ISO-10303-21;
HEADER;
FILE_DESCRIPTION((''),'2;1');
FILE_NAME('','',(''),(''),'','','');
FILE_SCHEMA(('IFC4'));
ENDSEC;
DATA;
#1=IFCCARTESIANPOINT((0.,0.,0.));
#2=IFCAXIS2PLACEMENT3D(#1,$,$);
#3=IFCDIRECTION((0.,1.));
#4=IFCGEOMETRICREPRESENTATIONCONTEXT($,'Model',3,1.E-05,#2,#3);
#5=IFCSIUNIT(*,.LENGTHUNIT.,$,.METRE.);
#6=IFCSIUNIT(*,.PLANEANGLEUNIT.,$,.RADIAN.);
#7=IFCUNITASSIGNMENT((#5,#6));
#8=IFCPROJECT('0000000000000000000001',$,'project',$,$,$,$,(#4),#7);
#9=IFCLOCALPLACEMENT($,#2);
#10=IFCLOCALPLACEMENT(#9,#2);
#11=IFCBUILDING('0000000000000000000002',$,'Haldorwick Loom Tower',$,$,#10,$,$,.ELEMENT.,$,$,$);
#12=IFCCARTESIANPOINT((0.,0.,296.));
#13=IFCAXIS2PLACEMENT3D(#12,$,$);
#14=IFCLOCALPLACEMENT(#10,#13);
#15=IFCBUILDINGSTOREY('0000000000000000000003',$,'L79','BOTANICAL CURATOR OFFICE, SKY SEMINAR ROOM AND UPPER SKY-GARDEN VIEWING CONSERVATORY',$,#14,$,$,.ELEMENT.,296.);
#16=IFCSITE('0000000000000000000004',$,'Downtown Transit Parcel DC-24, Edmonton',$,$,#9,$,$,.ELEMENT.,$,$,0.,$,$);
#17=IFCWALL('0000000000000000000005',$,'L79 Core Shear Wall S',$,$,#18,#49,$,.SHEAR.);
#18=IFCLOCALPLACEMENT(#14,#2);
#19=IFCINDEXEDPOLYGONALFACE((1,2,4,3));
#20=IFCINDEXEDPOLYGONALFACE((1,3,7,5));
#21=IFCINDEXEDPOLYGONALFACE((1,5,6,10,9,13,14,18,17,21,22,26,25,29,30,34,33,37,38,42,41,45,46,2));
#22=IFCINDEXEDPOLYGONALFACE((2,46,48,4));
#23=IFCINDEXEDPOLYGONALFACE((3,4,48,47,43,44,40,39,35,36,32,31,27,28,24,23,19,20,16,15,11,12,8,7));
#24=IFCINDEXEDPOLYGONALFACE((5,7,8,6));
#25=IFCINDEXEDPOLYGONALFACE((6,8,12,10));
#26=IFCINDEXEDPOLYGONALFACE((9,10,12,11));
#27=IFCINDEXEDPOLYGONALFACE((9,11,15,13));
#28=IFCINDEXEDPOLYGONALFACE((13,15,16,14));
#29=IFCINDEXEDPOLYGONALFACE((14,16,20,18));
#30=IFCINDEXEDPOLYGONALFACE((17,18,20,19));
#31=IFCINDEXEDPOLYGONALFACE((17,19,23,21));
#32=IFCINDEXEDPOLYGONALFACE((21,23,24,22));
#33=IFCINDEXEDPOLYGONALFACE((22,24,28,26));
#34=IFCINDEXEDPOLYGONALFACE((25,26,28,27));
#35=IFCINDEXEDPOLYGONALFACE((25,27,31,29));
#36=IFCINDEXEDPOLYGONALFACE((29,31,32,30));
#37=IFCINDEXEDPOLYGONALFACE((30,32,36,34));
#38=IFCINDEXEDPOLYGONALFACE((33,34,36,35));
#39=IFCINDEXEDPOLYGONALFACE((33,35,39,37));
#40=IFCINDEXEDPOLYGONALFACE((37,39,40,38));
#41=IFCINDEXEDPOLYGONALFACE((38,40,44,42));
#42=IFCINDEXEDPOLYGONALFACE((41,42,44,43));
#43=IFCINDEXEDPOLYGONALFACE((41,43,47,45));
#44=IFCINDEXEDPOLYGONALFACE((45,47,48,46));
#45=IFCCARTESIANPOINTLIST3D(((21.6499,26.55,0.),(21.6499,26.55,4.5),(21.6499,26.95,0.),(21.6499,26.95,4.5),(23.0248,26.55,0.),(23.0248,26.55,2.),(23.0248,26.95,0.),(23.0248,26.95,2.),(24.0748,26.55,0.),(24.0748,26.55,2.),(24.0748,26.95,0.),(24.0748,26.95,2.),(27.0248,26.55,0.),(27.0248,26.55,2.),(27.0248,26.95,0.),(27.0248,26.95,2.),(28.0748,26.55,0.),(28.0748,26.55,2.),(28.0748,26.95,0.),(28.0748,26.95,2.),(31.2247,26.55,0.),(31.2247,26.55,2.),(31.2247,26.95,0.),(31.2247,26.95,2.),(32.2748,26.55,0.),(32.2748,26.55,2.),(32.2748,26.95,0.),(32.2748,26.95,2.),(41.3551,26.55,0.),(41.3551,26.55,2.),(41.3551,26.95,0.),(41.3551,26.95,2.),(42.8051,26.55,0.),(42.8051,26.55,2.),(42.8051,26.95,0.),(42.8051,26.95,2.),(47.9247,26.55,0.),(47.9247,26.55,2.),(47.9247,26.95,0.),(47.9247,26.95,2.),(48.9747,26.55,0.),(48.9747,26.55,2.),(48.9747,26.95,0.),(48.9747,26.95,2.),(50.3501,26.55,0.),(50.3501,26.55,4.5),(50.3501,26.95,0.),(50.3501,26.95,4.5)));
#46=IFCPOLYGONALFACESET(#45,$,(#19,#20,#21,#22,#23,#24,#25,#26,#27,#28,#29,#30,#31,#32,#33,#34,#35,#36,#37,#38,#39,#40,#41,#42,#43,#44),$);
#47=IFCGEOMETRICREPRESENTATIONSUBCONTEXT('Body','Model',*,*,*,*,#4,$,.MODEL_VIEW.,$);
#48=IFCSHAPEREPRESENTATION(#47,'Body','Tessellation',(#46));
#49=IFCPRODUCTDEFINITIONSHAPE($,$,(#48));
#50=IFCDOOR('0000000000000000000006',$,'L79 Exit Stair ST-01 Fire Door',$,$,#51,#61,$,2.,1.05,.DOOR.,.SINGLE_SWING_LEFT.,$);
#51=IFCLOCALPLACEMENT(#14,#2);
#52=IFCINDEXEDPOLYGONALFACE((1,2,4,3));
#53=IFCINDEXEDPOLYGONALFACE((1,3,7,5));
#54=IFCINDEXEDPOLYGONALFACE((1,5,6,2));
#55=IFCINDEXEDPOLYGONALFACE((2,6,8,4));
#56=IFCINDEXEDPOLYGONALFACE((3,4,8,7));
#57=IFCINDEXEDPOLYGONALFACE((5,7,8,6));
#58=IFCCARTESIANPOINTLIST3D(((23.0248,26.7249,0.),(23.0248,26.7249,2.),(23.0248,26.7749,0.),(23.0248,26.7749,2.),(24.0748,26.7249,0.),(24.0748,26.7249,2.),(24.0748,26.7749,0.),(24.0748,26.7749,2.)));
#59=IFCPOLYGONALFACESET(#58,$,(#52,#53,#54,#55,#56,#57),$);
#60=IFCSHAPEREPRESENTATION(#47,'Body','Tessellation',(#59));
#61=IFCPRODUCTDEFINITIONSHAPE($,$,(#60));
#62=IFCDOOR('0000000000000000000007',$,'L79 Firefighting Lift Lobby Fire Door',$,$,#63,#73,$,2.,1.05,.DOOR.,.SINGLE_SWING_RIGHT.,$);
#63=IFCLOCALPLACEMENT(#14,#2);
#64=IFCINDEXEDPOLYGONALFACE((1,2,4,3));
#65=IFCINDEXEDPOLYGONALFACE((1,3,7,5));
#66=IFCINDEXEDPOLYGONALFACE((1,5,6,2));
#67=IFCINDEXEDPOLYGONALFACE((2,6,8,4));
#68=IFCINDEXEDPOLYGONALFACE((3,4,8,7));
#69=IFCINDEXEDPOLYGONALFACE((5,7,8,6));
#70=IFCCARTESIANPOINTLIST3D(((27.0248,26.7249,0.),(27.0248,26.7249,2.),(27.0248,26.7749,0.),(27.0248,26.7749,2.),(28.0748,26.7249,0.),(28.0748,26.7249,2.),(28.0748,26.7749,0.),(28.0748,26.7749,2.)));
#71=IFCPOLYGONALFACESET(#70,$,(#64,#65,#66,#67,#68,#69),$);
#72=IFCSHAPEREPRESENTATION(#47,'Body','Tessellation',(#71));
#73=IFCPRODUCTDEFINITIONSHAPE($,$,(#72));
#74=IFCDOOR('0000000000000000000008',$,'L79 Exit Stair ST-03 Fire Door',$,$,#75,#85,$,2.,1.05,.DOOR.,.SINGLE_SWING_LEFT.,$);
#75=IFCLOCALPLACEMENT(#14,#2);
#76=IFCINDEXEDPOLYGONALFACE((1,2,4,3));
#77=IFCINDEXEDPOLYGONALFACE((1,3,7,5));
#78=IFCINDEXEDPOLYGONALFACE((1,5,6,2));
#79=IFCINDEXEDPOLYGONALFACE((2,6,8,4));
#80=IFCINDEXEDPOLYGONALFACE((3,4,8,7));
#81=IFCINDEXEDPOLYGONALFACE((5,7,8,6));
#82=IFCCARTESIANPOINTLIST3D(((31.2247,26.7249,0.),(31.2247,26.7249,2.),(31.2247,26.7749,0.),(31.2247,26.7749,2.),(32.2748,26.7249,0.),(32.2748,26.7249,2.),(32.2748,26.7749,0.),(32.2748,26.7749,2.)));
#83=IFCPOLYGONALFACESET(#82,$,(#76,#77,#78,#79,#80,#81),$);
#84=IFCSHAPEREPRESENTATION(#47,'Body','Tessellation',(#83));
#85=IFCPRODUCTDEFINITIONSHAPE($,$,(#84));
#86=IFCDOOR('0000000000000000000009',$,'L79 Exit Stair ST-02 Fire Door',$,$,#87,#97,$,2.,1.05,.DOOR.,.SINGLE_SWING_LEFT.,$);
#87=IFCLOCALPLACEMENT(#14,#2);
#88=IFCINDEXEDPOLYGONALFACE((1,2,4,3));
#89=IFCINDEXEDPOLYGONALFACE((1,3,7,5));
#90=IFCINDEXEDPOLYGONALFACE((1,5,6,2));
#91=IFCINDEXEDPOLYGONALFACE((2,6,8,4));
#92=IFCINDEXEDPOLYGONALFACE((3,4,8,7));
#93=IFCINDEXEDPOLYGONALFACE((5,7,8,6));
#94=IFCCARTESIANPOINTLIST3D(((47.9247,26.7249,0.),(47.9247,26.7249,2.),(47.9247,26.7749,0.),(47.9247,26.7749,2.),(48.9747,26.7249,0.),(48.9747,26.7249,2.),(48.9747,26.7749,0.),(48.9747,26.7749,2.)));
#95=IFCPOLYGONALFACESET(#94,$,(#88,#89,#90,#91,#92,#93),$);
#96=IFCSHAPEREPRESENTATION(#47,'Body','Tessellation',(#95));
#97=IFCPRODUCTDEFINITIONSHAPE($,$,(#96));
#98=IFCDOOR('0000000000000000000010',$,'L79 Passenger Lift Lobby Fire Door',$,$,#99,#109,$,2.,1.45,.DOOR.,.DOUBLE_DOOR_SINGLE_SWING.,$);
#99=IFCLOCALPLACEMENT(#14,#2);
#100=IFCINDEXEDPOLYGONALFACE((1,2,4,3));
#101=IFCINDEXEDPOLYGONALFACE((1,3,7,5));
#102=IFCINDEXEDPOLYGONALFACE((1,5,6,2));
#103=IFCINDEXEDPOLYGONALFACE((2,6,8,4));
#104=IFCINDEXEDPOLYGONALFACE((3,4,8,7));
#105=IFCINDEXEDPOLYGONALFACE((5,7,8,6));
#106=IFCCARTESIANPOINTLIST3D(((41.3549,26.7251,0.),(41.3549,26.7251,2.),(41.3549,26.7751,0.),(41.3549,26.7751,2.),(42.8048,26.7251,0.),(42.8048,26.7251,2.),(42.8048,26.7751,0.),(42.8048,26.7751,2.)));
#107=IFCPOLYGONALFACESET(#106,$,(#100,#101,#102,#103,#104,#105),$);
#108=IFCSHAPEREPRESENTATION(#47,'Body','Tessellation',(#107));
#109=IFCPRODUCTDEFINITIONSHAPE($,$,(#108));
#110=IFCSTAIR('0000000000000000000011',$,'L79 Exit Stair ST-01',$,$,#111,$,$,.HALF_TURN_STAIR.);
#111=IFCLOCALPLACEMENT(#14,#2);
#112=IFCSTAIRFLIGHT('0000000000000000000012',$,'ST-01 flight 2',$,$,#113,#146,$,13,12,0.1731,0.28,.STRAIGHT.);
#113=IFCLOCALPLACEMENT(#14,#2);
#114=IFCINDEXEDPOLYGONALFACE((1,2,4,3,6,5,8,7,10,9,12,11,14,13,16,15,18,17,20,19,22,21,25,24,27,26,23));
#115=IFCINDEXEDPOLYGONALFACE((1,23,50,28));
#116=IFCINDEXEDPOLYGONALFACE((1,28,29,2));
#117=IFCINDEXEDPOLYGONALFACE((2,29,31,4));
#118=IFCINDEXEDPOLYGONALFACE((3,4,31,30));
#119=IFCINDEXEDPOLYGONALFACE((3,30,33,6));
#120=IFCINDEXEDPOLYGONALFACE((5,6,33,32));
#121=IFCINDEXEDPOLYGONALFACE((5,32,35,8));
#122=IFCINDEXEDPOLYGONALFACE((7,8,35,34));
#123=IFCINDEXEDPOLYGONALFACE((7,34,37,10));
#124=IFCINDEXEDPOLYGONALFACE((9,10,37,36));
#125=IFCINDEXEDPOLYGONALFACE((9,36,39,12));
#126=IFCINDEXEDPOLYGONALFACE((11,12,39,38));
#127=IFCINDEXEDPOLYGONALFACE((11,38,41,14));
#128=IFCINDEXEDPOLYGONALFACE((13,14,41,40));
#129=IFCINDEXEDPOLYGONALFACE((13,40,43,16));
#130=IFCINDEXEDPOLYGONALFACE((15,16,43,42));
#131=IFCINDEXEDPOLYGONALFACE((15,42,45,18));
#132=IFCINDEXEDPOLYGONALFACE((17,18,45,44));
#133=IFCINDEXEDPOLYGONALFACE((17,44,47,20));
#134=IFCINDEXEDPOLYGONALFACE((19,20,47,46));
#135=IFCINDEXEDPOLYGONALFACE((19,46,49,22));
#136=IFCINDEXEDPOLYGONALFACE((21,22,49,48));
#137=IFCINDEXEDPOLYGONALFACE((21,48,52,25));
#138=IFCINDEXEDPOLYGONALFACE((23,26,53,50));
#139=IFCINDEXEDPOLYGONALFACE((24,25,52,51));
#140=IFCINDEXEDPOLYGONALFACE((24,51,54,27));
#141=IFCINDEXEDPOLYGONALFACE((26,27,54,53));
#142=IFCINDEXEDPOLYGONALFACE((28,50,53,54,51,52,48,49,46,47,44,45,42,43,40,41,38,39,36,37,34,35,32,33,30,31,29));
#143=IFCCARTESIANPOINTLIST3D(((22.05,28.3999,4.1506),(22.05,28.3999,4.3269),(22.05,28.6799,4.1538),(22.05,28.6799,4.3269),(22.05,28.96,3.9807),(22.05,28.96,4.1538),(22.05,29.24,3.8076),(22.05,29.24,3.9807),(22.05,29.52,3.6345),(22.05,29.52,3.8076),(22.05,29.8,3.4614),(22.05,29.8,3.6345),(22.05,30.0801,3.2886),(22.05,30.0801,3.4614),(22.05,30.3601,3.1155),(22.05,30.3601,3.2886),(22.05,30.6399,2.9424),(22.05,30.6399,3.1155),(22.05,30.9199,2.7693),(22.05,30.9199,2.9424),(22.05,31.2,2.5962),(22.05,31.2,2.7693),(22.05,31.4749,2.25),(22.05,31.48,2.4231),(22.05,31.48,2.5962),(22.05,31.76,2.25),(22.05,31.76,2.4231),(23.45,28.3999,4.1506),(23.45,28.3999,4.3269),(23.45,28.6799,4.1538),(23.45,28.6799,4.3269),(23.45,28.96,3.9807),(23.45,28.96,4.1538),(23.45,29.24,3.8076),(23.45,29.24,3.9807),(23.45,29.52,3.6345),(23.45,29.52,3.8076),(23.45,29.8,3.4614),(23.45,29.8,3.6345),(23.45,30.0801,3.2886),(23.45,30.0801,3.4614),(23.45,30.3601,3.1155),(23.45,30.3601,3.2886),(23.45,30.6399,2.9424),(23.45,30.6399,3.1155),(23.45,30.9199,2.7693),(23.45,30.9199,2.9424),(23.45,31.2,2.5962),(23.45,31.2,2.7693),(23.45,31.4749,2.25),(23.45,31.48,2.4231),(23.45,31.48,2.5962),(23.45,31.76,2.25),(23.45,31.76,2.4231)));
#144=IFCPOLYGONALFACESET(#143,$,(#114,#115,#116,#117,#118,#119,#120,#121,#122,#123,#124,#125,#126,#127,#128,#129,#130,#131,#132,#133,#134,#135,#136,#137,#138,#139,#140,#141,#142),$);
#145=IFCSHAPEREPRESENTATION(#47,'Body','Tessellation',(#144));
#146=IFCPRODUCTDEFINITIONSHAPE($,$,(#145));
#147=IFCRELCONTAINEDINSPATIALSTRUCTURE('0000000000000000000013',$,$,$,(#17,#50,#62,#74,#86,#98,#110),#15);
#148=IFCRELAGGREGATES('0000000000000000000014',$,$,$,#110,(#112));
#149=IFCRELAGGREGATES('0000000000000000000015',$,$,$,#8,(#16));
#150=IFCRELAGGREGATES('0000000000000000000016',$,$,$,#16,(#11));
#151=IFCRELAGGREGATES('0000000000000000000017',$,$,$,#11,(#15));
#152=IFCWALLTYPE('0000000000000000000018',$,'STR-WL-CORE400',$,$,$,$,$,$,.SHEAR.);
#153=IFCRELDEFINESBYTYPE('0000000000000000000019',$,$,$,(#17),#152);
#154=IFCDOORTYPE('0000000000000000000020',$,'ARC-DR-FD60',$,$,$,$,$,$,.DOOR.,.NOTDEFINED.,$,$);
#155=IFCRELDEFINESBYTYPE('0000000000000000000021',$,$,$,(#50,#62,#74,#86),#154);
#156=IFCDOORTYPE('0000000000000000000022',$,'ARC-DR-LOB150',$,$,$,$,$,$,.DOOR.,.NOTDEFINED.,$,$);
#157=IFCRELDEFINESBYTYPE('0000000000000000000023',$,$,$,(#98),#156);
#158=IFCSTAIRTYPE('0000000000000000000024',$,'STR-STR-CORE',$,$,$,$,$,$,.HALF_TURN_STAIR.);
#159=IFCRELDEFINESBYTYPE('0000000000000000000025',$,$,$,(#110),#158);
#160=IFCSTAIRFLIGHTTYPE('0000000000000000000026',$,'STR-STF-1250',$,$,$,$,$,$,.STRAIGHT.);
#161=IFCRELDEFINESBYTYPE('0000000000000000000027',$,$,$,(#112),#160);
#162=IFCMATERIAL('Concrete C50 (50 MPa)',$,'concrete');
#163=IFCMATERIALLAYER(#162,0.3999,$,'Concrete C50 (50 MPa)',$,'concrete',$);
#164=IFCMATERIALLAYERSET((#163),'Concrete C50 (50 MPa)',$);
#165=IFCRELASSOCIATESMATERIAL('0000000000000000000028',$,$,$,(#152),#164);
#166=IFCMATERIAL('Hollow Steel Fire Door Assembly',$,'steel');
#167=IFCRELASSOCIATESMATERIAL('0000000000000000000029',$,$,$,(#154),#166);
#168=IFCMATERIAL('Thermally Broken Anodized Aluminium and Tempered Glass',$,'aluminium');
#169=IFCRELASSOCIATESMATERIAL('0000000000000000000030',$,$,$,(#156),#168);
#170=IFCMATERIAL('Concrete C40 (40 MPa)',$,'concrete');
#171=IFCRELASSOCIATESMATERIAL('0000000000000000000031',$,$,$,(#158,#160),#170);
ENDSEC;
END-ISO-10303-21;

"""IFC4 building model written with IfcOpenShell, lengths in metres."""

from ifc_helpers import new_model, si_unit, direction, frame, frame_2d, origin, place, context, subcontext, project, spatial, polyline, rectangle, outline, extrude, material, layer, layer_set, type_object, element, fill, aggregate, save


model = new_model("IFC4")

# Units and contexts
model_context = context("Model", 3, precision=1e-05, world=origin(), true_north=direction((0.0, 1.0)))
body_context = subcontext(model_context, "Body", "Model", "MODEL_VIEW")
ifc_project = project(units=[si_unit("LENGTHUNIT", "METRE"), si_unit("PLANEANGLEUNIT", "RADIAN")], contexts=[model_context])

# Site, building, storey
site_placement = place(None, origin())
site = spatial("IfcSite", under=ifc_project, at=site_placement, Name="Downtown Transit Parcel DC-24, Edmonton", CompositionType="ELEMENT", RefElevation=0.0)
building_placement = place(site_placement, origin())
building = spatial("IfcBuilding", under=site, at=building_placement, Name="Haldorwick Loom Tower", CompositionType="ELEMENT")
storey_placement = place(building_placement, frame((0.0, 0.0, 296.0)))
storey = spatial("IfcBuildingStorey", under=building, at=storey_placement, Name="L79", Description="BOTANICAL CURATOR OFFICE, SKY SEMINAR ROOM AND UPPER SKY-GARDEN VIEWING CONSERVATORY", CompositionType="ELEMENT", Elevation=296.0)

# Shared definitions
ifc_material_1 = material(Name="Concrete C50 (50 MPa)", Category="concrete")

# Wall, openings, doors
ifc_layer_1 = layer(ifc_material_1, 0.3999, Name="Concrete C50 (50 MPa)", Category="concrete")
ifc_layer_set_1 = layer_set([ifc_layer_1], Name="Concrete C50 (50 MPa)")
wall_type_1 = type_object("IfcWallType", Name="STR-WL-CORE400", PredefinedType="SHEAR", material=ifc_layer_set_1)
wall_1_placement = place(storey_placement, frame((21.6499, 26.75, 0.0), z_axis=(0.0, 0.0, 1.0), x_axis=(1.0, 0.0, 0.0)))
wall_1 = element("IfcWall", 1, at=wall_1_placement, inside=storey, type_object=wall_type_1, Name="L79 Core Shear Wall S", PredefinedType="SHEAR", context=body_context, shape_type="SweptSolid", body=[
    extrude(rectangle(XDim=28.7002, YDim=0.3999, at=frame_2d((14.3501, 0.0))), origin(), (0.0, 0.0, 1.0), 4.5),
])
opening_1_placement = place(wall_1_placement, frame((1.375, 0.0, 0.0)))
opening_1 = element("IfcOpeningElement", 2, at=opening_1_placement, cuts=wall_1, PredefinedType="OPENING", context=body_context, shape_type="SweptSolid", body=[
    extrude(rectangle(XDim=1.05, YDim=2.0, at=frame_2d((0.5249, 1.0))), frame((0.0, 0.21, 0.0), z_axis=(0.0, -1.0, 0.0), x_axis=(1.0, 0.0, 0.0)), (0.0, 0.0, 1.0), 0.4199),
])
opening_2_placement = place(wall_1_placement, frame((5.375, 0.0, 0.0)))
opening_2 = element("IfcOpeningElement", 3, at=opening_2_placement, cuts=wall_1, PredefinedType="OPENING", context=body_context, shape_type="SweptSolid", body=[
    extrude(rectangle(XDim=1.05, YDim=2.0, at=frame_2d((0.5249, 1.0))), frame((0.0, 0.21, 0.0), z_axis=(0.0, -1.0, 0.0), x_axis=(1.0, 0.0, 0.0)), (0.0, 0.0, 1.0), 0.4199),
])
opening_3_placement = place(wall_1_placement, frame((9.575, 0.0, 0.0)))
opening_3 = element("IfcOpeningElement", 4, at=opening_3_placement, cuts=wall_1, PredefinedType="OPENING", context=body_context, shape_type="SweptSolid", body=[
    extrude(rectangle(XDim=1.05, YDim=2.0, at=frame_2d((0.5249, 1.0))), frame((0.0, 0.21, 0.0), z_axis=(0.0, -1.0, 0.0), x_axis=(1.0, 0.0, 0.0)), (0.0, 0.0, 1.0), 0.4199),
])
opening_4_placement = place(wall_1_placement, frame((19.7051, 0.0, 0.0)))
opening_4 = element("IfcOpeningElement", 5, at=opening_4_placement, cuts=wall_1, PredefinedType="OPENING", context=body_context, shape_type="SweptSolid", body=[
    extrude(rectangle(XDim=1.45, YDim=2.0, at=frame_2d((0.7251, 1.0))), frame((0.0, 0.21, 0.0), z_axis=(0.0, -1.0, 0.0), x_axis=(1.0, 0.0, 0.0)), (0.0, 0.0, 1.0), 0.4199),
])
opening_5_placement = place(wall_1_placement, frame((26.2749, 0.0, 0.0)))
opening_5 = element("IfcOpeningElement", 6, at=opening_5_placement, cuts=wall_1, PredefinedType="OPENING", context=body_context, shape_type="SweptSolid", body=[
    extrude(rectangle(XDim=1.05, YDim=2.0, at=frame_2d((0.5249, 1.0))), frame((0.0, 0.21, 0.0), z_axis=(0.0, -1.0, 0.0), x_axis=(1.0, 0.0, 0.0)), (0.0, 0.0, 1.0), 0.4199),
])
ifc_material_2 = material(Name="Hollow Steel Fire Door Assembly", Category="steel")
door_type_1 = type_object("IfcDoorType", Name="ARC-DR-FD60", OperationType="NOTDEFINED", PredefinedType="DOOR", material=ifc_material_2)
door_1_placement = place(opening_1_placement, origin())
door_1 = element("IfcDoor", 7, at=door_1_placement, inside=storey, type_object=door_type_1, Name="L79 Exit Stair ST-01 Fire Door", OperationType="SINGLE_SWING_LEFT", OverallHeight=2.0, OverallWidth=1.05, PredefinedType="DOOR", context=body_context, shape_type="SweptSolid", body=[
    extrude(rectangle(XDim=1.05, YDim=2.0, at=frame_2d((0.5249, 1.0))), frame((0.0, 0.0249, 0.0), z_axis=(0.0, -1.0, 0.0), x_axis=(1.0, 0.0, 0.0)), (0.0, 0.0, 1.0), 0.05),
])
fill(opening_1, door_1)
door_2_placement = place(opening_2_placement, origin())
door_2 = element("IfcDoor", 8, at=door_2_placement, inside=storey, type_object=door_type_1, Name="L79 Firefighting Lift Lobby Fire Door", OperationType="SINGLE_SWING_RIGHT", OverallHeight=2.0, OverallWidth=1.05, PredefinedType="DOOR", context=body_context, shape_type="SweptSolid", body=[
    extrude(rectangle(XDim=1.05, YDim=2.0, at=frame_2d((0.5249, 1.0))), frame((0.0, 0.0249, 0.0), z_axis=(0.0, -1.0, 0.0), x_axis=(1.0, 0.0, 0.0)), (0.0, 0.0, 1.0), 0.05),
])
fill(opening_2, door_2)
door_3_placement = place(opening_3_placement, origin())
door_3 = element("IfcDoor", 9, at=door_3_placement, inside=storey, type_object=door_type_1, Name="L79 Exit Stair ST-03 Fire Door", OperationType="SINGLE_SWING_LEFT", OverallHeight=2.0, OverallWidth=1.05, PredefinedType="DOOR", context=body_context, shape_type="SweptSolid", body=[
    extrude(rectangle(XDim=1.05, YDim=2.0, at=frame_2d((0.5249, 1.0))), frame((0.0, 0.0249, 0.0), z_axis=(0.0, -1.0, 0.0), x_axis=(1.0, 0.0, 0.0)), (0.0, 0.0, 1.0), 0.05),
])
fill(opening_3, door_3)
door_4_placement = place(opening_5_placement, origin())
door_4 = element("IfcDoor", 10, at=door_4_placement, inside=storey, type_object=door_type_1, Name="L79 Exit Stair ST-02 Fire Door", OperationType="SINGLE_SWING_LEFT", OverallHeight=2.0, OverallWidth=1.05, PredefinedType="DOOR", context=body_context, shape_type="SweptSolid", body=[
    extrude(rectangle(XDim=1.05, YDim=2.0, at=frame_2d((0.5249, 1.0))), frame((0.0, 0.0249, 0.0), z_axis=(0.0, -1.0, 0.0), x_axis=(1.0, 0.0, 0.0)), (0.0, 0.0, 1.0), 0.05),
])
fill(opening_5, door_4)
ifc_material_3 = material(Name="Thermally Broken Anodized Aluminium and Tempered Glass", Category="aluminium")
door_type_2 = type_object("IfcDoorType", Name="ARC-DR-LOB150", OperationType="NOTDEFINED", PredefinedType="DOOR", material=ifc_material_3)
door_5_placement = place(opening_4_placement, frame((1.45, 0.0, 0.0), z_axis=(0.0, 0.0, 1.0), x_axis=(-1.0, 0.0, 0.0)))
door_5 = element("IfcDoor", 11, at=door_5_placement, inside=storey, type_object=door_type_2, Name="L79 Passenger Lift Lobby Fire Door", OperationType="DOUBLE_DOOR_SINGLE_SWING", OverallHeight=2.0, OverallWidth=1.45, PredefinedType="DOOR", context=body_context, shape_type="SweptSolid", body=[
    extrude(rectangle(XDim=1.45, YDim=2.0, at=frame_2d((0.7251, 1.0))), frame((0.0, 0.0249, 0.0), z_axis=(0.0, -1.0, 0.0), x_axis=(1.0, 0.0, 0.0)), (0.0, 0.0, 1.0), 0.05),
])
fill(opening_4, door_5)

# Stair, stair flight
ifc_material_4 = material(Name="Concrete C40 (40 MPa)", Category="concrete")
stair_type = type_object("IfcStairType", Name="STR-STR-CORE", PredefinedType="HALF_TURN_STAIR", material=ifc_material_4)
stair_placement = place(storey_placement, origin())
stair = element("IfcStair", 12, at=stair_placement, inside=storey, type_object=stair_type, Name="L79 Exit Stair ST-01", PredefinedType="HALF_TURN_STAIR")
stair_flight_type = type_object("IfcStairFlightType", Name="STR-STF-1250", PredefinedType="STRAIGHT", material=ifc_material_4)
stair_flight_placement = place(storey_placement, frame((22.75, 31.76, 2.25), z_axis=(0.0, 0.0, 1.0), x_axis=(0.0, -1.0, 0.0)))
stair_flight = element("IfcStairFlight", 13, at=stair_flight_placement, type_object=stair_flight_type, Name="ST-01 flight 2", NumberOfRisers=13, NumberOfTreads=12, PredefinedType="STRAIGHT", RiserHeight=0.1731, TreadLength=0.28, context=body_context, shape_type="SweptSolid", body=[
    extrude(outline(polyline([(0.0, 0.0), (0.0, 0.1731), (0.28, 0.1731), (0.28, 0.3462), (0.5601, 0.3462), (0.5601, 0.5193), (0.8401, 0.5193), (0.8401, 0.6924), (1.1201, 0.6924), (1.1201, 0.8655), (1.3999, 0.8655), (1.3999, 1.0386), (1.6799, 1.0386), (1.6799, 1.2114), (1.96, 1.2114), (1.96, 1.3845), (2.24, 1.3845), (2.24, 1.5576), (2.52, 1.5576), (2.52, 1.7307), (2.8, 1.7307), (2.8, 1.9038), (3.0801, 1.9038), (3.0801, 2.0769), (3.3601, 2.0769), (3.3601, 2.25), (3.3601, 1.9006), (0.2852, 0.0), (0.0, 0.0)])), frame((0.0, 0.7, 0.0), z_axis=(0.0, -1.0, 0.0), x_axis=(1.0, 0.0, 0.0)), (0.0, 0.0, 1.0), 1.3999),
])
aggregate(stair, [stair_flight])

save(model, "model.ifc")
